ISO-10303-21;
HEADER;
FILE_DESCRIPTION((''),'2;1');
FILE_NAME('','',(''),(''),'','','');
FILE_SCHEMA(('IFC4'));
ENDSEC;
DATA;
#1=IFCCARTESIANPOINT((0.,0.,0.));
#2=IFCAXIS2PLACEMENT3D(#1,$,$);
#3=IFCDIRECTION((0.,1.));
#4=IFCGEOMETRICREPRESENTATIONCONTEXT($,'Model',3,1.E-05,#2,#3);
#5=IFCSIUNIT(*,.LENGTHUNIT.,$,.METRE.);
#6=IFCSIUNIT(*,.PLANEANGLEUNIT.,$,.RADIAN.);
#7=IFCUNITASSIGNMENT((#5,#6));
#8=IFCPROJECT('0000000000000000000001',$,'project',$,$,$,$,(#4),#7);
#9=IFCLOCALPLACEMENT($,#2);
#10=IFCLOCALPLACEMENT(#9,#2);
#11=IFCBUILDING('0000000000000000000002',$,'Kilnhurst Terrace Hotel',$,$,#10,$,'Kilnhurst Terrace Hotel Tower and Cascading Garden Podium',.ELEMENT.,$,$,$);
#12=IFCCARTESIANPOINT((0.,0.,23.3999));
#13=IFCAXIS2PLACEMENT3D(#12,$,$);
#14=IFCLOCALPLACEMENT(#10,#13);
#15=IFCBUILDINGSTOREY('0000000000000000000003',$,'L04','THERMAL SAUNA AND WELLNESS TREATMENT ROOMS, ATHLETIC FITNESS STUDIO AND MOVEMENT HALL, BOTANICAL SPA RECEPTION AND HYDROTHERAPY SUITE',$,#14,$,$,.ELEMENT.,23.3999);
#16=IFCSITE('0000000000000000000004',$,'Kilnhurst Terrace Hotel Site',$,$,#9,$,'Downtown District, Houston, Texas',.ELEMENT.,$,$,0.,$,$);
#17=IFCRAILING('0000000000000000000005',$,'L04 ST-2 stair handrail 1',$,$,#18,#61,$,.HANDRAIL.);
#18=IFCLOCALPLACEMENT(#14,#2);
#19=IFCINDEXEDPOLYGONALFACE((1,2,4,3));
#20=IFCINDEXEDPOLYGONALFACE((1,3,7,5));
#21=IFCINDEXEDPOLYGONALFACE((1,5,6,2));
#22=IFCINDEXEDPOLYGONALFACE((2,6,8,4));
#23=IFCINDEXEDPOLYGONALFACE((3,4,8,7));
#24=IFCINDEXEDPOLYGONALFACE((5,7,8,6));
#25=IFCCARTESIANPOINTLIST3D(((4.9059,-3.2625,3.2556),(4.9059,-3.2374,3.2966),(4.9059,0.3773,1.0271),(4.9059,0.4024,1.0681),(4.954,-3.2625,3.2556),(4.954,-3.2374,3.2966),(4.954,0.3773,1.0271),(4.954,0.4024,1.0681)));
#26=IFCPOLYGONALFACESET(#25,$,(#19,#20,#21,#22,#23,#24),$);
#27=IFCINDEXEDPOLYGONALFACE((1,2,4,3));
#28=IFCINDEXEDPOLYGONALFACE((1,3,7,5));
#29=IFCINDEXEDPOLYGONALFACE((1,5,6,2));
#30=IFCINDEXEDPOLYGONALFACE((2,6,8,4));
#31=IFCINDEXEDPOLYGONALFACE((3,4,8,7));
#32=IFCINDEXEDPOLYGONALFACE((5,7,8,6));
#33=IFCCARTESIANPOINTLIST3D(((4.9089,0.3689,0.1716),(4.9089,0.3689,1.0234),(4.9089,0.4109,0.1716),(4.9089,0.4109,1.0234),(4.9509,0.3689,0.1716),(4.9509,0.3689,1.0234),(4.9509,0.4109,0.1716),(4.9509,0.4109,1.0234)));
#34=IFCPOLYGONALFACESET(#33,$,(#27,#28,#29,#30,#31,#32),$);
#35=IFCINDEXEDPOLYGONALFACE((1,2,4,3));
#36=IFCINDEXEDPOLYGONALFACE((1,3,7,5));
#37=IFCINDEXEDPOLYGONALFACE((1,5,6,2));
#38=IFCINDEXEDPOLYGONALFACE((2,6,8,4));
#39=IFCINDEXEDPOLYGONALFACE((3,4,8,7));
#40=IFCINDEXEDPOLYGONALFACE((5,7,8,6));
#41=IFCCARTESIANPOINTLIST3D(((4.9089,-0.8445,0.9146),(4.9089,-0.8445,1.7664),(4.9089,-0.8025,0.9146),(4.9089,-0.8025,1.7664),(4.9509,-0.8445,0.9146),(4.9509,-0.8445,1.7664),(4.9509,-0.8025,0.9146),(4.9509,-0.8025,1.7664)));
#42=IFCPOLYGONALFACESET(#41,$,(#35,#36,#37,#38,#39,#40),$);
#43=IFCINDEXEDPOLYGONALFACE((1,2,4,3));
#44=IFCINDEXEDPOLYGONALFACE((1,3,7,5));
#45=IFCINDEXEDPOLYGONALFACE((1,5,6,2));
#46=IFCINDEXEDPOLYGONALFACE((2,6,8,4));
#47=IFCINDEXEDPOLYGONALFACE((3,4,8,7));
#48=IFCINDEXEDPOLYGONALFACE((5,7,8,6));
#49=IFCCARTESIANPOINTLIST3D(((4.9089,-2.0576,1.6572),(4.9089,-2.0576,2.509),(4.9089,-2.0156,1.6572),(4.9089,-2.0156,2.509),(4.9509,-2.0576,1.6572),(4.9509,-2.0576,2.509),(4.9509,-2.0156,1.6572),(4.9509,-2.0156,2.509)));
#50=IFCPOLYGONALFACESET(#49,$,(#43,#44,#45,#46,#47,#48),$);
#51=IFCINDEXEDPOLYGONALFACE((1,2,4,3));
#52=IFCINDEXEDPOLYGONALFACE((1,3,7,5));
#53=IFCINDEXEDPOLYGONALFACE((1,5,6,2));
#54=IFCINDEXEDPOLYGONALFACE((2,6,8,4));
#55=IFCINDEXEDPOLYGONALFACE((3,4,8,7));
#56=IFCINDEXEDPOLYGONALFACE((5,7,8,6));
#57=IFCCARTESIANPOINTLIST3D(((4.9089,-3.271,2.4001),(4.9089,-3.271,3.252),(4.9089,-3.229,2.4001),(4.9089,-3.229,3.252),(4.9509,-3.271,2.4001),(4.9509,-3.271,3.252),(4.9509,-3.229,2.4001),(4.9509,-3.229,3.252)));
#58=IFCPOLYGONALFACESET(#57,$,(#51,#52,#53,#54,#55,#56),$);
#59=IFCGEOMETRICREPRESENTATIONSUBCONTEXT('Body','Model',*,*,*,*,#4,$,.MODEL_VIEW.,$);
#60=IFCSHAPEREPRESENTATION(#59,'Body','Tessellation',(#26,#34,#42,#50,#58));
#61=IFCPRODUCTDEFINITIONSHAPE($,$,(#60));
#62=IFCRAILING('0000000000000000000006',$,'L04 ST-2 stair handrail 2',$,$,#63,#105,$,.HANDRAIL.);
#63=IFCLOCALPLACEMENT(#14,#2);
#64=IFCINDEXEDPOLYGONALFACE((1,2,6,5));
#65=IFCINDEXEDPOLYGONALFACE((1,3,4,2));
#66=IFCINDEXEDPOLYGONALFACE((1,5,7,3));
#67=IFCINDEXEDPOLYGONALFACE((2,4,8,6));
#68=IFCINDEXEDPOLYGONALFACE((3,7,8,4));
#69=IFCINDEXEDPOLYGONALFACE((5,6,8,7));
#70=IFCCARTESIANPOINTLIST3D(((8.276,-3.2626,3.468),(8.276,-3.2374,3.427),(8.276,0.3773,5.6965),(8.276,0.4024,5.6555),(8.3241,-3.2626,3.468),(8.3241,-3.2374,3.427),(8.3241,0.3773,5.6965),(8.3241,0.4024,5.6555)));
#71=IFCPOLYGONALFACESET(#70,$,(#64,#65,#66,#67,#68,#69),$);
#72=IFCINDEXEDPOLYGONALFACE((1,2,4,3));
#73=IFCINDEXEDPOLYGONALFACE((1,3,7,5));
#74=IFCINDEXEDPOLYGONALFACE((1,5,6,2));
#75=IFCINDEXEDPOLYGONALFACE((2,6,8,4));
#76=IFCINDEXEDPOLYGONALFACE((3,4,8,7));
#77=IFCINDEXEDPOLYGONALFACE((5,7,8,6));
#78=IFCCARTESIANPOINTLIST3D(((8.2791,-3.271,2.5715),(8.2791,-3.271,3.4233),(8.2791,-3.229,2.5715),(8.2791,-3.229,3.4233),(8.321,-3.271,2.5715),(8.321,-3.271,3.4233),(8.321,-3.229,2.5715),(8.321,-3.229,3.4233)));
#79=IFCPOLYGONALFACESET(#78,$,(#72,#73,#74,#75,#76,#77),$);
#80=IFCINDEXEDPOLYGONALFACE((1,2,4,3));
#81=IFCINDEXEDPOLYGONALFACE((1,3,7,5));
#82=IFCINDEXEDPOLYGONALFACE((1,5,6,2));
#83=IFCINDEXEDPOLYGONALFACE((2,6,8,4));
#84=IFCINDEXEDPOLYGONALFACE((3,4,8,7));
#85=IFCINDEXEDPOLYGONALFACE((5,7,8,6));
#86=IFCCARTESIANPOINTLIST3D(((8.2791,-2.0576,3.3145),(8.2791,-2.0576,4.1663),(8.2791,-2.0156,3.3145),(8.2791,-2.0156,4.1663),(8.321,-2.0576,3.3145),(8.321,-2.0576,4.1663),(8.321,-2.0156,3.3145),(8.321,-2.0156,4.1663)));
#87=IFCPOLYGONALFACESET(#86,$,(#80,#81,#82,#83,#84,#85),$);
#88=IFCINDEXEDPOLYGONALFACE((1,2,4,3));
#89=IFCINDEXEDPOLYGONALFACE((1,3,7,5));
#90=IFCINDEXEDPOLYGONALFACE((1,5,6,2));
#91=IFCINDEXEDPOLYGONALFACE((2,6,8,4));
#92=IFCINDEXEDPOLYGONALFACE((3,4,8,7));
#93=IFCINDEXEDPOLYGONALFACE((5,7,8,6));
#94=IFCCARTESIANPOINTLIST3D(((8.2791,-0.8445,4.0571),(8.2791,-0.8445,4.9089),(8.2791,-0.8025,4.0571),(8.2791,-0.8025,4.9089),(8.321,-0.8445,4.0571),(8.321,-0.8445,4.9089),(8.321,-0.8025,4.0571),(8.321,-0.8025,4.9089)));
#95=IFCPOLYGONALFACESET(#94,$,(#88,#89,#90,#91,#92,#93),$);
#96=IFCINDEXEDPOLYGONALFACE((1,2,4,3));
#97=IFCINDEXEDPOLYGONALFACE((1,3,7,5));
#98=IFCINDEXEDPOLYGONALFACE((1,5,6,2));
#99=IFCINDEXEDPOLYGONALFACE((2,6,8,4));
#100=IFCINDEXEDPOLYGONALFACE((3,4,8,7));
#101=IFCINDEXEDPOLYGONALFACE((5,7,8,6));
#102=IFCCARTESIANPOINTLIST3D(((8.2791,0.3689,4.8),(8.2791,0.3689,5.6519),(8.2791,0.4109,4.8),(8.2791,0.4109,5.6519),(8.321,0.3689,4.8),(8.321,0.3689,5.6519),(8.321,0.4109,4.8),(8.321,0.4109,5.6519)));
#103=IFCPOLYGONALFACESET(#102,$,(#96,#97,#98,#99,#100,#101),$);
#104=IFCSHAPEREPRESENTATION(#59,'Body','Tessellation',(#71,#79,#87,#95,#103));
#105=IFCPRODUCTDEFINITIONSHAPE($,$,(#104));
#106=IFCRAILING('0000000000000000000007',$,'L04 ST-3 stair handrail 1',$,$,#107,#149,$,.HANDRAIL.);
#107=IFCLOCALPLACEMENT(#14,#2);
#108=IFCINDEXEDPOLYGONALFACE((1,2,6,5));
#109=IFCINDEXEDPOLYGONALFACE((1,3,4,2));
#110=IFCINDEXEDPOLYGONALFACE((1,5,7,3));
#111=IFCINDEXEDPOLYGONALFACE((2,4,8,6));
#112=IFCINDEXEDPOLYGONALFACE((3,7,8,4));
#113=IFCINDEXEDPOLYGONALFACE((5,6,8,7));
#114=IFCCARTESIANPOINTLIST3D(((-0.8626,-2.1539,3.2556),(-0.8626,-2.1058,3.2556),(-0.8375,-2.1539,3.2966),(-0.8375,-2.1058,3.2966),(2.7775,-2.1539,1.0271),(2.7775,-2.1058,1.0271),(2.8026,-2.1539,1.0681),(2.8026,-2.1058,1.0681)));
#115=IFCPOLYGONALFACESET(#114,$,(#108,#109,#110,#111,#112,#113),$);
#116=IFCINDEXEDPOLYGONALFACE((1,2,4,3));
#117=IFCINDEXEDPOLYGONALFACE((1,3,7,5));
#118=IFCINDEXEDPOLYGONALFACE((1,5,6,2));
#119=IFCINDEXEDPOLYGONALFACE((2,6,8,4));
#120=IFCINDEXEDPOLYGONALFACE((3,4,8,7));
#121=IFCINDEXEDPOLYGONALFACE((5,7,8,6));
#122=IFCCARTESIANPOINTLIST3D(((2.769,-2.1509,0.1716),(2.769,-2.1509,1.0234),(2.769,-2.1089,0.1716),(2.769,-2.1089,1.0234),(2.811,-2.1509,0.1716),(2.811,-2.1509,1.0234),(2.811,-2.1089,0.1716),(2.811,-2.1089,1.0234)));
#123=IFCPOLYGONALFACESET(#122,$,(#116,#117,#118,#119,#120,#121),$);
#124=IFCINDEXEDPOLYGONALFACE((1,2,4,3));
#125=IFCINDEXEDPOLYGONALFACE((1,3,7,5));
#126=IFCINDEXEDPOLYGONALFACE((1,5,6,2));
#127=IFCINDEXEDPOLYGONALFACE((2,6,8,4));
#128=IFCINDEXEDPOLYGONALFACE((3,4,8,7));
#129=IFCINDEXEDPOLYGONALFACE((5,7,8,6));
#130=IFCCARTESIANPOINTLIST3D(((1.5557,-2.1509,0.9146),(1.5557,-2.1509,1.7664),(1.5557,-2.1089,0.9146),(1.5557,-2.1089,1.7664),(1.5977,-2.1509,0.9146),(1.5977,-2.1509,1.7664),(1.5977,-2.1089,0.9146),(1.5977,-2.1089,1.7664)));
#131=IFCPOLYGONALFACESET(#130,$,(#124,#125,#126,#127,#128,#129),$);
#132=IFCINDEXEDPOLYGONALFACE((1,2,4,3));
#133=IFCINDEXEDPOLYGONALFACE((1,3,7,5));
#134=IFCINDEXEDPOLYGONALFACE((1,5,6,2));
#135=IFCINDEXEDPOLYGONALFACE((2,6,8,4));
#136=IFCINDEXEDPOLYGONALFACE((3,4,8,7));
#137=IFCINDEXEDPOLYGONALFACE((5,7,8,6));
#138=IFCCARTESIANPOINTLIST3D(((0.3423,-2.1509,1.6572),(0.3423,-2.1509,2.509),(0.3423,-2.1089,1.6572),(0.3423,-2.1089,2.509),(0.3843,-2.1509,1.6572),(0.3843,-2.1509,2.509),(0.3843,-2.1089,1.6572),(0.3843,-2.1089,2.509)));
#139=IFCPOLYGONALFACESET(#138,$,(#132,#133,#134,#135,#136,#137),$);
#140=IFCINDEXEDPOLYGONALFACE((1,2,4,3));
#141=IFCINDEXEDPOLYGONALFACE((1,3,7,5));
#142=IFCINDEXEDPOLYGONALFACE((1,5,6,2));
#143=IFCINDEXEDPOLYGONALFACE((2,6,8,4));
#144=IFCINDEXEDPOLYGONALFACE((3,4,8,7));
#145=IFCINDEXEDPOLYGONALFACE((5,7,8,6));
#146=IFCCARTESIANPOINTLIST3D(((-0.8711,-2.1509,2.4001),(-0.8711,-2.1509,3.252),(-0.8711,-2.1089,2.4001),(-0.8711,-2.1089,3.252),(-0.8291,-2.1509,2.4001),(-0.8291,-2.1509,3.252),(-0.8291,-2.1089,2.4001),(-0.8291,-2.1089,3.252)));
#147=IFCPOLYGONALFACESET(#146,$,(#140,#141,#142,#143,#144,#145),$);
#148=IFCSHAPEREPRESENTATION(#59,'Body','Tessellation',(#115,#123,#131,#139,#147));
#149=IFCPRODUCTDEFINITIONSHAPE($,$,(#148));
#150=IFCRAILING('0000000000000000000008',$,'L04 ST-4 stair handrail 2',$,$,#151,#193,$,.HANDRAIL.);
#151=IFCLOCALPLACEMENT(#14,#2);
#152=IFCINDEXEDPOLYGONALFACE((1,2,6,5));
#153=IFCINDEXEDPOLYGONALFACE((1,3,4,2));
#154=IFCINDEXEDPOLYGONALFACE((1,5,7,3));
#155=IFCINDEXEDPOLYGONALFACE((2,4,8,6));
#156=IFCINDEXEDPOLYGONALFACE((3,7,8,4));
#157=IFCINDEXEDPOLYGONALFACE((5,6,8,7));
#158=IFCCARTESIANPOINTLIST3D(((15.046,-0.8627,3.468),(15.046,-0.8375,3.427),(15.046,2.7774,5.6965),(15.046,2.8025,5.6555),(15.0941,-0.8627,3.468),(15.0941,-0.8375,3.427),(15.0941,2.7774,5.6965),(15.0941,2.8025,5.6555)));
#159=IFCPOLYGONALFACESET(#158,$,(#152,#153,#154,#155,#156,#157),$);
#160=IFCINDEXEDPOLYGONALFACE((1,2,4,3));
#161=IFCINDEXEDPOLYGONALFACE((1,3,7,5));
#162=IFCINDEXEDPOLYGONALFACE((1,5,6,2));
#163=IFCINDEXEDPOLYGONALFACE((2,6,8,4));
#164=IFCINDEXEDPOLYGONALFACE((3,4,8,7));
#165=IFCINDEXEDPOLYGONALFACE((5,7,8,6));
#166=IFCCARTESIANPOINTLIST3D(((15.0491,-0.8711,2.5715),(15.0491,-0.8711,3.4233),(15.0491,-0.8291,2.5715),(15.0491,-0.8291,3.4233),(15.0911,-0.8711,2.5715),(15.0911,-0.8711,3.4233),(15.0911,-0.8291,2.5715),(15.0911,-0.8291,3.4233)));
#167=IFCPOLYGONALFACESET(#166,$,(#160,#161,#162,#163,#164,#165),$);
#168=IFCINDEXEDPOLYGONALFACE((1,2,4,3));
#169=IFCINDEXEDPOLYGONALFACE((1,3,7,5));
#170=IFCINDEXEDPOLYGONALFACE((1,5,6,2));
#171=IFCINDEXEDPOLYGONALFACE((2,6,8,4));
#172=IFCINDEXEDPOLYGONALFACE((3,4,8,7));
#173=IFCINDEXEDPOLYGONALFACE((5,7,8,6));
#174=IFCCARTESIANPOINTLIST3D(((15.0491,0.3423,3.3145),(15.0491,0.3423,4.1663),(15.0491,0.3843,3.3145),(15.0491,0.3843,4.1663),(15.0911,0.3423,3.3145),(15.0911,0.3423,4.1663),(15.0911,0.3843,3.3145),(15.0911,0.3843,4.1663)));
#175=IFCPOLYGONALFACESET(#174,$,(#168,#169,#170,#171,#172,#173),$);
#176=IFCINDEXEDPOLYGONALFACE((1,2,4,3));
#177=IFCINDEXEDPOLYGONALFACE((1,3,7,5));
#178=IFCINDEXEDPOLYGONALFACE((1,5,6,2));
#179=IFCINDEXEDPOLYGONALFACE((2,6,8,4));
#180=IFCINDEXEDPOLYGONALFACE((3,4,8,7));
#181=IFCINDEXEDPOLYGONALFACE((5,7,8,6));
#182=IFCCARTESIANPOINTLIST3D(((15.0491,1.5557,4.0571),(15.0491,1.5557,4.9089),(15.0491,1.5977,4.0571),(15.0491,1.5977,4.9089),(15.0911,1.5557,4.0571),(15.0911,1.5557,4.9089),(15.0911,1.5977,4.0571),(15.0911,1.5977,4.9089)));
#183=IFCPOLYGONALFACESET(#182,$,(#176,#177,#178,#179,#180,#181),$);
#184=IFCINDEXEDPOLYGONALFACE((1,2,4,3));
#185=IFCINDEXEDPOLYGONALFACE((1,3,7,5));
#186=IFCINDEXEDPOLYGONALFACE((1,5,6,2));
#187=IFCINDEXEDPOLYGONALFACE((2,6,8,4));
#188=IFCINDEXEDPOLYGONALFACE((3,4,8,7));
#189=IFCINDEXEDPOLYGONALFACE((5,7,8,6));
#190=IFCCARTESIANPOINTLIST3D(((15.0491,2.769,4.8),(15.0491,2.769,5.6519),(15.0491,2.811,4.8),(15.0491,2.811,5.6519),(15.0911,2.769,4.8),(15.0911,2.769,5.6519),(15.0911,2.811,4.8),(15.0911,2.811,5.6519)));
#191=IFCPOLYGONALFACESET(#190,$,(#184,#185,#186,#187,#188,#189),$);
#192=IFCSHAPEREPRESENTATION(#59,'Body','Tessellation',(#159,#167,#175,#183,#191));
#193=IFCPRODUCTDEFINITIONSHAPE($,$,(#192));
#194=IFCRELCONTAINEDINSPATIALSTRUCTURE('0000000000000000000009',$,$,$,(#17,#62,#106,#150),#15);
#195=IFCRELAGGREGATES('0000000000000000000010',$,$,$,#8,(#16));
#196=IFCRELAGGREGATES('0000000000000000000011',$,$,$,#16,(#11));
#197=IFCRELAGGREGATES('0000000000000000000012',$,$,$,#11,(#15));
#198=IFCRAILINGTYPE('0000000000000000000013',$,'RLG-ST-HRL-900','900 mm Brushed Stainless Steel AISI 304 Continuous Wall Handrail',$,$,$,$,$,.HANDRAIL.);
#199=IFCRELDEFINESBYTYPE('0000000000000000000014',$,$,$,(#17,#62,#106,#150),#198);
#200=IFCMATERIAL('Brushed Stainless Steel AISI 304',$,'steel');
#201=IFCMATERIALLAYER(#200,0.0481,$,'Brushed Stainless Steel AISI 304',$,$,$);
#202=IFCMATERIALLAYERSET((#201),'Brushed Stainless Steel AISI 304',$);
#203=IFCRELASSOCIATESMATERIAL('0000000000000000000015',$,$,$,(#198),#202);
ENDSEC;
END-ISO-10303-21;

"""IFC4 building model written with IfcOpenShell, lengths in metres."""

from ifc_helpers import new_model, si_unit, direction, frame, origin, origin_2d, place, context, subcontext, project, spatial, rectangle, extrude, material, layer, layer_set, type_object, element, save


model = new_model("IFC4")

# Units and contexts
model_context = context("Model", 3, precision=1e-05, world=origin(), true_north=direction((0.0, 1.0)))
body_context = subcontext(model_context, "Body", "Model", "MODEL_VIEW")
ifc_project = project(units=[si_unit("LENGTHUNIT", "METRE"), si_unit("PLANEANGLEUNIT", "RADIAN")], contexts=[model_context])

# Site, building, storey
site_placement = place(None, origin())
site = spatial("IfcSite", under=ifc_project, at=site_placement, Name="Kilnhurst Terrace Hotel Site", LongName="Downtown District, Houston, Texas", CompositionType="ELEMENT", RefElevation=0.0)
building_placement = place(site_placement, origin())
building = spatial("IfcBuilding", under=site, at=building_placement, Name="Kilnhurst Terrace Hotel", LongName="Kilnhurst Terrace Hotel Tower and Cascading Garden Podium", CompositionType="ELEMENT")
storey_placement = place(building_placement, frame((0.0, 0.0, 23.3999)))
storey = spatial("IfcBuildingStorey", under=building, at=storey_placement, Name="L04", Description="THERMAL SAUNA AND WELLNESS TREATMENT ROOMS, ATHLETIC FITNESS STUDIO AND MOVEMENT HALL, BOTANICAL SPA RECEPTION AND HYDROTHERAPY SUITE", CompositionType="ELEMENT", Elevation=23.3999)

# Railings
ifc_material_1 = material(Name="Brushed Stainless Steel AISI 304", Category="steel")
ifc_layer_1 = layer(ifc_material_1, 0.0481, Name="Brushed Stainless Steel AISI 304")
ifc_layer_set_1 = layer_set([ifc_layer_1], Name="Brushed Stainless Steel AISI 304")
railing_type_1 = type_object("IfcRailingType", Name="RLG-ST-HRL-900", Description="900 mm Brushed Stainless Steel AISI 304 Continuous Wall Handrail", PredefinedType="HANDRAIL", material=ifc_layer_set_1)
railing_1_placement = place(storey_placement, frame((4.9299, 0.3899, 0.1716)))
element("IfcRailing", 1, at=railing_1_placement, inside=storey, type_object=railing_type_1, Name="L04 ST-2 stair handrail 1", PredefinedType="HANDRAIL", context=body_context, shape_type="SweptSolid", body=[
    extrude(rectangle(XDim=0.0481, YDim=0.0481, at=origin_2d()), frame((0.0, 0.0, 0.876), z_axis=(0.0, -0.85285, 0.522156), x_axis=(1.0, 0.0, 0.0)), (0.0, 0.0, 1.0), 4.2678),
    extrude(rectangle(XDim=0.042, YDim=0.042, at=origin_2d()), origin(), (0.0, 0.0, 1.0), 0.8518),
    extrude(rectangle(XDim=0.042, YDim=0.042, at=origin_2d()), frame((0.0, -1.2134, 0.7429)), (0.0, 0.0, 1.0), 0.8518),
    extrude(rectangle(XDim=0.042, YDim=0.042, at=origin_2d()), frame((0.0, -2.4265, 1.4856)), (0.0, 0.0, 1.0), 0.8518),
    extrude(rectangle(XDim=0.042, YDim=0.042, at=origin_2d()), frame((0.0, -3.6399, 2.2285)), (0.0, 0.0, 1.0), 0.8518),
])
railing_2_placement = place(storey_placement, frame((8.3, -3.25, 2.5715)))
element("IfcRailing", 2, at=railing_2_placement, inside=storey, type_object=railing_type_1, Name="L04 ST-2 stair handrail 2", PredefinedType="HANDRAIL", context=body_context, shape_type="SweptSolid", body=[
    extrude(rectangle(XDim=0.0481, YDim=0.0481, at=origin_2d()), frame((0.0, 0.0, 0.876), z_axis=(0.0, 0.85285, 0.522156), x_axis=(-1.0, 0.0, 0.0)), (0.0, 0.0, 1.0), 4.2678),
    extrude(rectangle(XDim=0.042, YDim=0.042, at=origin_2d()), origin(), (0.0, 0.0, 1.0), 0.8518),
    extrude(rectangle(XDim=0.042, YDim=0.042, at=origin_2d()), frame((0.0, 1.2134, 0.7429)), (0.0, 0.0, 1.0), 0.8518),
    extrude(rectangle(XDim=0.042, YDim=0.042, at=origin_2d()), frame((0.0, 2.4265, 1.4856)), (0.0, 0.0, 1.0), 0.8518),
    extrude(rectangle(XDim=0.042, YDim=0.042, at=origin_2d()), frame((0.0, 3.6399, 2.2285)), (0.0, 0.0, 1.0), 0.8518),
])
railing_3_placement = place(storey_placement, frame((2.79, -2.1299, 0.1716)))
element("IfcRailing", 3, at=railing_3_placement, inside=storey, type_object=railing_type_1, Name="L04 ST-3 stair handrail 1", PredefinedType="HANDRAIL", context=body_context, shape_type="SweptSolid", body=[
    extrude(rectangle(XDim=0.0481, YDim=0.0481, at=origin_2d()), frame((0.0, 0.0, 0.876), z_axis=(-0.852866, 0.0, 0.52213), x_axis=(0.0, -1.0, 0.0)), (0.0, 0.0, 1.0), 4.2681),
    extrude(rectangle(XDim=0.042, YDim=0.042, at=origin_2d()), origin(), (0.0, 0.0, 1.0), 0.8518),
    extrude(rectangle(XDim=0.042, YDim=0.042, at=origin_2d()), frame((-1.2134, 0.0, 0.7429)), (0.0, 0.0, 1.0), 0.8518),
    extrude(rectangle(XDim=0.042, YDim=0.042, at=origin_2d()), frame((-2.4268, 0.0, 1.4856)), (0.0, 0.0, 1.0), 0.8518),
    extrude(rectangle(XDim=0.042, YDim=0.042, at=origin_2d()), frame((-3.6401, 0.0, 2.2285)), (0.0, 0.0, 1.0), 0.8518),
])
railing_4_placement = place(storey_placement, frame((15.0701, -0.8501, 2.5715)))
element("IfcRailing", 4, at=railing_4_placement, inside=storey, type_object=railing_type_1, Name="L04 ST-4 stair handrail 2", PredefinedType="HANDRAIL", context=body_context, shape_type="SweptSolid", body=[
    extrude(rectangle(XDim=0.0481, YDim=0.0481, at=origin_2d()), frame((0.0, 0.0, 0.876), z_axis=(0.0, 0.852866, 0.52213), x_axis=(-1.0, 0.0, 0.0)), (0.0, 0.0, 1.0), 4.2681),
    extrude(rectangle(XDim=0.042, YDim=0.042, at=origin_2d()), origin(), (0.0, 0.0, 1.0), 0.8518),
    extrude(rectangle(XDim=0.042, YDim=0.042, at=origin_2d()), frame((0.0, 1.2134, 0.7429)), (0.0, 0.0, 1.0), 0.8518),
    extrude(rectangle(XDim=0.042, YDim=0.042, at=origin_2d()), frame((0.0, 2.4268, 1.4856)), (0.0, 0.0, 1.0), 0.8518),
    extrude(rectangle(XDim=0.042, YDim=0.042, at=origin_2d()), frame((0.0, 3.6401, 2.2285)), (0.0, 0.0, 1.0), 0.8518),
])

save(model, "model.ifc")
